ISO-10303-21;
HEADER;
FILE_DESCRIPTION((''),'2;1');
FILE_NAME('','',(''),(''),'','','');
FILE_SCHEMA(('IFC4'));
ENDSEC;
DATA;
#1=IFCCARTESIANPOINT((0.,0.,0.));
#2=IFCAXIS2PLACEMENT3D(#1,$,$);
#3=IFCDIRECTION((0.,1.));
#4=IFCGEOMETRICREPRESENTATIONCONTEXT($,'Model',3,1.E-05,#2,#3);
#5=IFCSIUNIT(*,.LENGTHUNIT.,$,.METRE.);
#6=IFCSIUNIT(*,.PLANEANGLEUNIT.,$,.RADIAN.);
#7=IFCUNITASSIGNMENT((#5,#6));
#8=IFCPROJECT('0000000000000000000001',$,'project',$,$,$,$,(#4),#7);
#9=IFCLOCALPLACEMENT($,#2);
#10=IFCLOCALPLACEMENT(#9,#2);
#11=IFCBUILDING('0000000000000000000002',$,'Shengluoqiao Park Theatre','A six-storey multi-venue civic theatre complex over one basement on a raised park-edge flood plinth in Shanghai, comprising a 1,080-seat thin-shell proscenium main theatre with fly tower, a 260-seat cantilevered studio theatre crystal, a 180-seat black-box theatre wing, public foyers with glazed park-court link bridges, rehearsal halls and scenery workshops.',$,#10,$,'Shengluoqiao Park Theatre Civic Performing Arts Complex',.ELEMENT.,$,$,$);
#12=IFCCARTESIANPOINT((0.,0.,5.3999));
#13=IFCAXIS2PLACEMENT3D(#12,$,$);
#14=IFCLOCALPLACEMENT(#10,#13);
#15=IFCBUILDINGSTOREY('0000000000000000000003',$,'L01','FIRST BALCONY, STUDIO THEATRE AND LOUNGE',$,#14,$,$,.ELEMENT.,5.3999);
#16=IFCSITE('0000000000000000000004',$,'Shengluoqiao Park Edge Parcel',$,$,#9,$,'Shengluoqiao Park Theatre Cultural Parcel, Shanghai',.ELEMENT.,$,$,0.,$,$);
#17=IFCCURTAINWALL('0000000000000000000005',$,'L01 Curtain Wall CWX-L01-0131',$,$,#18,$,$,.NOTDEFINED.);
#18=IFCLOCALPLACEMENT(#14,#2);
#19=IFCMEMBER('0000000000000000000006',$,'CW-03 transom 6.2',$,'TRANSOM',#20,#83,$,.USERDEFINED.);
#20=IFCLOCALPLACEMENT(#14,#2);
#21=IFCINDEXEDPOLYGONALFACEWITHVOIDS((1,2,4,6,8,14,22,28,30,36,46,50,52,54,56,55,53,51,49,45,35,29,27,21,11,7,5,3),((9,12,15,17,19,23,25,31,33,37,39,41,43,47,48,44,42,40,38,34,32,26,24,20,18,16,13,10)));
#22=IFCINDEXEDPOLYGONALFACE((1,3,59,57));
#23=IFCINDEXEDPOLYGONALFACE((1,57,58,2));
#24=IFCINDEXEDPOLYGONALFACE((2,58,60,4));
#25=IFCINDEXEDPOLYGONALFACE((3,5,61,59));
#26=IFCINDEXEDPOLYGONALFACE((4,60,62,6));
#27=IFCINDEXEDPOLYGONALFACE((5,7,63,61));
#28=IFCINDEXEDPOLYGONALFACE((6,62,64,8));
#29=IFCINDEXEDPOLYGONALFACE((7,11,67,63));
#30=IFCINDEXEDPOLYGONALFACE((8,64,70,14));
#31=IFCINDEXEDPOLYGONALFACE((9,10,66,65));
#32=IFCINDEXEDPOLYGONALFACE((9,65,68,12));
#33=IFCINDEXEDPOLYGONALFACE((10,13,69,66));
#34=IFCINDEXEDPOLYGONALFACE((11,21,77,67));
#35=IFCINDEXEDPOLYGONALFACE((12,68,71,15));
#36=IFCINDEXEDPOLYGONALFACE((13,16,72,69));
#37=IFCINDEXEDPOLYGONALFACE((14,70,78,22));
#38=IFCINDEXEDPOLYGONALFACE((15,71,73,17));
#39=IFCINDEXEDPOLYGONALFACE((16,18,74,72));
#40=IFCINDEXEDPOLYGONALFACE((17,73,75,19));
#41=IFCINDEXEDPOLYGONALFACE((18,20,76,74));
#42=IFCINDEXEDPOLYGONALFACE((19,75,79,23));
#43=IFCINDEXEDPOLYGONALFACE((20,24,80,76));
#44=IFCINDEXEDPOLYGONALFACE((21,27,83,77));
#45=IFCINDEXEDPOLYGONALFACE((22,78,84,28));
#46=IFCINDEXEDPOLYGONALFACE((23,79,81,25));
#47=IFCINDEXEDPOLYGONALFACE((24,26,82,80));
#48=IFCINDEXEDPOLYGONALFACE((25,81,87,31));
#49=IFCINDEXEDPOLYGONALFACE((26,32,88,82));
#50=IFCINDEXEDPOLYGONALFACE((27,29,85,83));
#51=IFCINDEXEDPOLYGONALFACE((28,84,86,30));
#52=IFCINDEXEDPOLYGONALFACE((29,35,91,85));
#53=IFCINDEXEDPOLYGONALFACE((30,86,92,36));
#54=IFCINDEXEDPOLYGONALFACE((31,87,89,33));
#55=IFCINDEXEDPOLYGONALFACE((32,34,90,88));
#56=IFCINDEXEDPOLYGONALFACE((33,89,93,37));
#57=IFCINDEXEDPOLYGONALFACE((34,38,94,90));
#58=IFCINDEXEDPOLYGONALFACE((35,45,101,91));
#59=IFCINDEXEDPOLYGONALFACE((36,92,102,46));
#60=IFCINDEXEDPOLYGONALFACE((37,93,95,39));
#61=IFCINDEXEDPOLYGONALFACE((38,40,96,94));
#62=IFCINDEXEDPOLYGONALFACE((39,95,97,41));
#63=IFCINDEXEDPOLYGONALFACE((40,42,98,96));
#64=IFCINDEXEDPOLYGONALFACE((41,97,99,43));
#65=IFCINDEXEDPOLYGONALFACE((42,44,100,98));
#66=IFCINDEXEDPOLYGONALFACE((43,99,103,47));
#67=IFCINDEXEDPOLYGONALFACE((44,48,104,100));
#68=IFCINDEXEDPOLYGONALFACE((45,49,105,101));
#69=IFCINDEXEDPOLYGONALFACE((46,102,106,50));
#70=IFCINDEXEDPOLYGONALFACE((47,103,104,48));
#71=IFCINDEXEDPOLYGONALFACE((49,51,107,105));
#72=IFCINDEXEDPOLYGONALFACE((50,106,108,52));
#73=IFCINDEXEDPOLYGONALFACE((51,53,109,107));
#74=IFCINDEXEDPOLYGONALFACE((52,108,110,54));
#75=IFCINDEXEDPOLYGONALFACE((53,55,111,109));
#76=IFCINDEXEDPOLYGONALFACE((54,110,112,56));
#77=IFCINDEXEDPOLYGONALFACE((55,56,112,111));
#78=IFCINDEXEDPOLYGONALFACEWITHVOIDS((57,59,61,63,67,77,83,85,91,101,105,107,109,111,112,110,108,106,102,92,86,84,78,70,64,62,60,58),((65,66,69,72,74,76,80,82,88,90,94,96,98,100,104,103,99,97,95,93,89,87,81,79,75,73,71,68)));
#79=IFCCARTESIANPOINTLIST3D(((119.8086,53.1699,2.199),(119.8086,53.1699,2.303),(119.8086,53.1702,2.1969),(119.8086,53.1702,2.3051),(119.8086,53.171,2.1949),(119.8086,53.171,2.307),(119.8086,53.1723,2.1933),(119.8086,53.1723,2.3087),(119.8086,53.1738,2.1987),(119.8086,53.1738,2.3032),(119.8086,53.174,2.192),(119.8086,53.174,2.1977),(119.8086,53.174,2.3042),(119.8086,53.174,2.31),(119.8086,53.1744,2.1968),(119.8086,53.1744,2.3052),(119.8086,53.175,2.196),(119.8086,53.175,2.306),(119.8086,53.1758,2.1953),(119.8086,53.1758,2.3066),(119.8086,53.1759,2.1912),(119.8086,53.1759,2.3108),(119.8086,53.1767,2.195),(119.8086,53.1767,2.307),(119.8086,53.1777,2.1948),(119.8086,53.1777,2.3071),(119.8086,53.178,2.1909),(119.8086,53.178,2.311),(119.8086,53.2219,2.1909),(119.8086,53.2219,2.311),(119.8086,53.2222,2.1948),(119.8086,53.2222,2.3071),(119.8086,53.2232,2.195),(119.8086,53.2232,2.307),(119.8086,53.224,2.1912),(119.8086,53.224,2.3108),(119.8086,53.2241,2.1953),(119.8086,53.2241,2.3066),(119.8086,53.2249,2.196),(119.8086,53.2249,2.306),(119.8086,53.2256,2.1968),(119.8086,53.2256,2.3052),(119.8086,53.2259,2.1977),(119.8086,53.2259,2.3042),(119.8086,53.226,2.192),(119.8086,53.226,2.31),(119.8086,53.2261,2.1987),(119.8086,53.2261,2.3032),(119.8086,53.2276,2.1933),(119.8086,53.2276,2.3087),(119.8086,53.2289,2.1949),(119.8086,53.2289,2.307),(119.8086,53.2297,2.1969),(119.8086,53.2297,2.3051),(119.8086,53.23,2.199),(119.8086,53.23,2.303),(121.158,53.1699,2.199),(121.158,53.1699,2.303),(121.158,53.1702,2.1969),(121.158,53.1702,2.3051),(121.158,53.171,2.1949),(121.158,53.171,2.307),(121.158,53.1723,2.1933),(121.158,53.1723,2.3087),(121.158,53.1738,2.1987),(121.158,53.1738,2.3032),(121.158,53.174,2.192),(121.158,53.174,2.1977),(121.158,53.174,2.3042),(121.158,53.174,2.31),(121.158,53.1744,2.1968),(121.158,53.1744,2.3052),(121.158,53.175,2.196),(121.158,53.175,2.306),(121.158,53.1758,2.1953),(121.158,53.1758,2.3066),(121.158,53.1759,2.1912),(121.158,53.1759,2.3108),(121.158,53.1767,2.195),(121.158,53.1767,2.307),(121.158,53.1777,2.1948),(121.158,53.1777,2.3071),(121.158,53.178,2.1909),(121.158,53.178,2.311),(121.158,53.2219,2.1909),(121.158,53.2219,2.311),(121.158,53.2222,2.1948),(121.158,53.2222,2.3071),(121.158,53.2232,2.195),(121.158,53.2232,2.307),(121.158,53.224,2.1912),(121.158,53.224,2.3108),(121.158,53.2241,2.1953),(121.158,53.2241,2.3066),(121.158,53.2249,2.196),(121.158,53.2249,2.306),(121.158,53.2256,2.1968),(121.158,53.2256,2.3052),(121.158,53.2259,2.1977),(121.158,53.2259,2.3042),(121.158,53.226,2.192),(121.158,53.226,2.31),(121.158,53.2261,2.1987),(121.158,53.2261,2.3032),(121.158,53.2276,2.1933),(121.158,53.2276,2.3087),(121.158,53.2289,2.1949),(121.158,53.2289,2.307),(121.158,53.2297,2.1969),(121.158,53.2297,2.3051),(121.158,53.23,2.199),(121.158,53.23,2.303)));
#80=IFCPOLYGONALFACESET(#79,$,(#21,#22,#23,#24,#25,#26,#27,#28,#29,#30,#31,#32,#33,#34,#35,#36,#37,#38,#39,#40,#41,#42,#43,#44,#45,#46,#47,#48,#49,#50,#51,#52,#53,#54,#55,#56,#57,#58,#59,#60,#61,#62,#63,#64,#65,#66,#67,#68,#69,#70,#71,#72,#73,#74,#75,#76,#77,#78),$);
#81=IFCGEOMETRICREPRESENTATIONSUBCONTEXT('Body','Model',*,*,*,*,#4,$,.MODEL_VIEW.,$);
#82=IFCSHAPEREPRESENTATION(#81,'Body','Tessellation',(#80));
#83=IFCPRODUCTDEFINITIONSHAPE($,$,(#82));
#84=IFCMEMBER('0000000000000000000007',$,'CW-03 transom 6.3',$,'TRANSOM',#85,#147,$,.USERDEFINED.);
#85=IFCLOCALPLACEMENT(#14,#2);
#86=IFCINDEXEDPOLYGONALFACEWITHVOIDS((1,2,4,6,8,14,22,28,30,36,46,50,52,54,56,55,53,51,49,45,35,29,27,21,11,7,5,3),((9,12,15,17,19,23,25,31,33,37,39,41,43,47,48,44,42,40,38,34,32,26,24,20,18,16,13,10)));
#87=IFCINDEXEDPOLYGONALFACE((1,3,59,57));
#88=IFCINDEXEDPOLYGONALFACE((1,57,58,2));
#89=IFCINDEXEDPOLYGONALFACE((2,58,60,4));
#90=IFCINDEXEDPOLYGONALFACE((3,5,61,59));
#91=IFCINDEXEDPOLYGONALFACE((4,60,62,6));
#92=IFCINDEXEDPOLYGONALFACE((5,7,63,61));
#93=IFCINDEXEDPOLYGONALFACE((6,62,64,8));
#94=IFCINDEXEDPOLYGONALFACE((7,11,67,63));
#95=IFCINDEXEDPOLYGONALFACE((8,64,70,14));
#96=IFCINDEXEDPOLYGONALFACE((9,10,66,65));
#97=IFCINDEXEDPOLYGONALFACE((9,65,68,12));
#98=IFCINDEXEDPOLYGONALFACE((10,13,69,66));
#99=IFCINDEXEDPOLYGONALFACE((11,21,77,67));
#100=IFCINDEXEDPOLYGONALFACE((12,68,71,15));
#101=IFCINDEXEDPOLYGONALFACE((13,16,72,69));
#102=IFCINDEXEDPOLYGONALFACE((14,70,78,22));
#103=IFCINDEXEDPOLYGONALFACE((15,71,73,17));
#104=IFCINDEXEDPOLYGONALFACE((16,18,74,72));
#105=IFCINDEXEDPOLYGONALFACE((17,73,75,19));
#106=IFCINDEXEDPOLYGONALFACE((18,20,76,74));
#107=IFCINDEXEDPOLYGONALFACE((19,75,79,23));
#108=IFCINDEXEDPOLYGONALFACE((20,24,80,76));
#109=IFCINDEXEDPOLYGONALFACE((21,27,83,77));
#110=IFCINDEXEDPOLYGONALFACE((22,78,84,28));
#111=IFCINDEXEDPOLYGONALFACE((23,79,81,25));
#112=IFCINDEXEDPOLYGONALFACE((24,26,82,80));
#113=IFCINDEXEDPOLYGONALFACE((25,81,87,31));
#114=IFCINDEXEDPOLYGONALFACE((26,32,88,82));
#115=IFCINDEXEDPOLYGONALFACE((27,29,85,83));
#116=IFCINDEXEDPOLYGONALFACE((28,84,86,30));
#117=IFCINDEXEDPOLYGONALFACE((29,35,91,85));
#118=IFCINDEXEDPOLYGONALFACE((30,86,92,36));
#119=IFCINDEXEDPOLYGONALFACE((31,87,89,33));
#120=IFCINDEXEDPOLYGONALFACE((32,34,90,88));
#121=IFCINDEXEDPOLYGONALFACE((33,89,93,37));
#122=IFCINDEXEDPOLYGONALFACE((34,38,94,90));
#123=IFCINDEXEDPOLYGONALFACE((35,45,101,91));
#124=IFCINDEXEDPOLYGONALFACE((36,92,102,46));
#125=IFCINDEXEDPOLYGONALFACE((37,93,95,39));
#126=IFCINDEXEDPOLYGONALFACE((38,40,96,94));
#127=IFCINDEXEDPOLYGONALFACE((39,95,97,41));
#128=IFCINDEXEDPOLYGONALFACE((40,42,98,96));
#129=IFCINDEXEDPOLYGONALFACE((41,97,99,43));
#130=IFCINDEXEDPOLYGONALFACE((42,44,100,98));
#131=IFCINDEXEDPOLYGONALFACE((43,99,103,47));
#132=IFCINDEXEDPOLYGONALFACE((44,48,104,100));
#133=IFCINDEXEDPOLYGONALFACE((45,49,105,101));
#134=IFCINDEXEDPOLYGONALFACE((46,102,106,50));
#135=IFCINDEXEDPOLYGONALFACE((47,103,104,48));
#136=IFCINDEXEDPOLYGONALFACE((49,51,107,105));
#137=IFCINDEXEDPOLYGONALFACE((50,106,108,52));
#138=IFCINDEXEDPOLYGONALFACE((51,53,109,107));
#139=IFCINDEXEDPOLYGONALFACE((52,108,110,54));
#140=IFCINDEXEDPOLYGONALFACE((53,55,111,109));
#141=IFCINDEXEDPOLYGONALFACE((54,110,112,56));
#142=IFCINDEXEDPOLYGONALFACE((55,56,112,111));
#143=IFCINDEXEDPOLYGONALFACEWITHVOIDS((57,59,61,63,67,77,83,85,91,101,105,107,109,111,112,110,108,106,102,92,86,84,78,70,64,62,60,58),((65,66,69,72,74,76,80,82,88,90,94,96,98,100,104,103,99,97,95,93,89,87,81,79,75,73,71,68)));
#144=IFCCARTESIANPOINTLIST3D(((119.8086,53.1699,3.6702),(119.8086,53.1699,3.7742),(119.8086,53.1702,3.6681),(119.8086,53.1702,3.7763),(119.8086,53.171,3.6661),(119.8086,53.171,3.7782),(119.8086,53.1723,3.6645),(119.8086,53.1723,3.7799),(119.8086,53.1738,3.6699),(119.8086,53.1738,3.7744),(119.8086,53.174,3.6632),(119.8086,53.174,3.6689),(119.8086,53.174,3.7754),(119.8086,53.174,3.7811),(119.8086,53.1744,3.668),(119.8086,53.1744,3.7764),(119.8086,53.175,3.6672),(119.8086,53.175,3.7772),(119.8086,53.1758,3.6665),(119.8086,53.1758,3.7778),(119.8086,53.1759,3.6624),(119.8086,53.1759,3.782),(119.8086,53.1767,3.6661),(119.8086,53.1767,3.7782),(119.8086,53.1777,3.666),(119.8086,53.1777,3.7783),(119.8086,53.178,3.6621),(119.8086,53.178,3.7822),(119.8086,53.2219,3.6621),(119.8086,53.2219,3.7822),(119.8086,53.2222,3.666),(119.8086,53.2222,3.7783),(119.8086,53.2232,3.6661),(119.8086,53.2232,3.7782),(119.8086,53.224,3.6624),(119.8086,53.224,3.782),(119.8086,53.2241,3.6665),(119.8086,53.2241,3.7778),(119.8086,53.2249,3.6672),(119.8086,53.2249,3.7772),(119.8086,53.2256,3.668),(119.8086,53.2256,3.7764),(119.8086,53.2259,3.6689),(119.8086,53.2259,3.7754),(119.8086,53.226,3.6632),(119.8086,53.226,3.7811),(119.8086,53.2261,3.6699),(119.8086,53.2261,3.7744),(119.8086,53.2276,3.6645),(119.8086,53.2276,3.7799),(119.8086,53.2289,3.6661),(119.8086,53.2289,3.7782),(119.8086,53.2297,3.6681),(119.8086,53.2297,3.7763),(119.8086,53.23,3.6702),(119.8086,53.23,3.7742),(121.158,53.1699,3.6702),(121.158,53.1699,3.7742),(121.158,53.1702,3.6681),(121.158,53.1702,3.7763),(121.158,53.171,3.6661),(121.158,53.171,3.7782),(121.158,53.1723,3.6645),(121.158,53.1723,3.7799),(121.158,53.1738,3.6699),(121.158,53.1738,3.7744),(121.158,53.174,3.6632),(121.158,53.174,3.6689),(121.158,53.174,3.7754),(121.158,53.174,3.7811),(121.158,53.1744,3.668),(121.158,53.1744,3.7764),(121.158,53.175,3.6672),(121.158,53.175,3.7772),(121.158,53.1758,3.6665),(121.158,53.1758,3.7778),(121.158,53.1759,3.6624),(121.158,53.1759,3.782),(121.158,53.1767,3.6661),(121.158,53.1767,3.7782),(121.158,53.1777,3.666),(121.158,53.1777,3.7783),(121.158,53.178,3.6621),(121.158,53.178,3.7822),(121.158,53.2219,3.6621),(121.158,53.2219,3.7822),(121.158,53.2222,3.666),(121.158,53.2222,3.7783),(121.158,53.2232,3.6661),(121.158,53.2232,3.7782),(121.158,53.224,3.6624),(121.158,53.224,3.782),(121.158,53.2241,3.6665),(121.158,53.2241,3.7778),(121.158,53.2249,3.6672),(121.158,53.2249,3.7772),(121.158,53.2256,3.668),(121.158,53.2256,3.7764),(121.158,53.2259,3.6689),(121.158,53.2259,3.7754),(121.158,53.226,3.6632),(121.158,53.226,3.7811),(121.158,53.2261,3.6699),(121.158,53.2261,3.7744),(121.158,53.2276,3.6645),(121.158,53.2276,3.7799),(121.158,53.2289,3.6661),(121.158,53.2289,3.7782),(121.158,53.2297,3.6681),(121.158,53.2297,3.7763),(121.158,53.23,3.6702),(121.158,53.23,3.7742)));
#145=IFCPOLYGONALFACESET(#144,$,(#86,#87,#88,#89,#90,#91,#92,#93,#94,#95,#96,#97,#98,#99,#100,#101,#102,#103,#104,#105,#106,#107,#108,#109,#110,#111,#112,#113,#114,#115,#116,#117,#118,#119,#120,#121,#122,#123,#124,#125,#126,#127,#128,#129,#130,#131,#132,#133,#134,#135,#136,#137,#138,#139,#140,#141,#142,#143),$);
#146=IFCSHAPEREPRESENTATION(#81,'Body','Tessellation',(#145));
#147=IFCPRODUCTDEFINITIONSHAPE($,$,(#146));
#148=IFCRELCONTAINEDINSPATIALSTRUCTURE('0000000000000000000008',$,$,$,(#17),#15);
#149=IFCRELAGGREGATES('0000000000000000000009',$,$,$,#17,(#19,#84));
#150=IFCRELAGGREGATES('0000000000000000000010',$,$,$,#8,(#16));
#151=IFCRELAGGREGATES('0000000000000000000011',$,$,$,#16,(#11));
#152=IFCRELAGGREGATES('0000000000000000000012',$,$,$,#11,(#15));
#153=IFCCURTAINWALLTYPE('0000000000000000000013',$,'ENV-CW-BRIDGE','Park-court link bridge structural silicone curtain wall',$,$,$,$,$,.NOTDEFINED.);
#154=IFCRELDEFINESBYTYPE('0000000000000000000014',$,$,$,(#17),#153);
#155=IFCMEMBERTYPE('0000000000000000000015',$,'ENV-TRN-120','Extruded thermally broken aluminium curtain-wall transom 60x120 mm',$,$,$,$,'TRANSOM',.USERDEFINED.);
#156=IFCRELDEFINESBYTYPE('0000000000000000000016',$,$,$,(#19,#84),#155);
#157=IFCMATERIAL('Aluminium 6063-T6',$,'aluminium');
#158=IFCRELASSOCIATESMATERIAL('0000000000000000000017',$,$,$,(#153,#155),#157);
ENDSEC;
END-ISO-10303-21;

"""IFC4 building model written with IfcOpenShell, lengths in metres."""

from ifc_helpers import new_model, si_unit, direction, frame, origin, origin_2d, place, context, subcontext, project, spatial, hollow_rectangle, extrude, material, material_profile, profile_set, type_object, element, aggregate, save


model = new_model("IFC4")

# Units and contexts
model_context = context("Model", 3, precision=1e-05, world=origin(), true_north=direction((0.0, 1.0)))
body_context = subcontext(model_context, "Body", "Model", "MODEL_VIEW")
ifc_project = project(units=[si_unit("LENGTHUNIT", "METRE"), si_unit("PLANEANGLEUNIT", "RADIAN")], contexts=[model_context])

# Site, building, storey
site_placement = place(None, origin())
site = spatial("IfcSite", under=ifc_project, at=site_placement, Name="Shengluoqiao Park Edge Parcel", LongName="Shengluoqiao Park Theatre Cultural Parcel, Shanghai", CompositionType="ELEMENT", RefElevation=0.0)
building_placement = place(site_placement, origin())
building = spatial("IfcBuilding", under=site, at=building_placement, Name="Shengluoqiao Park Theatre", Description="A six-storey multi-venue civic theatre complex over one basement on a raised park-edge flood plinth in Shanghai, comprising a 1,080-seat thin-shell proscenium main theatre with fly tower, a 260-seat cantilevered studio theatre crystal, a 180-seat black-box theatre wing, public foyers with glazed park-court link bridges, rehearsal halls and scenery workshops.", LongName="Shengluoqiao Park Theatre Civic Performing Arts Complex", CompositionType="ELEMENT")
storey_placement = place(building_placement, frame((0.0, 0.0, 5.3999)))
storey = spatial("IfcBuildingStorey", under=building, at=storey_placement, Name="L01", Description="FIRST BALCONY, STUDIO THEATRE AND LOUNGE", CompositionType="ELEMENT", Elevation=5.3999)

# Curtain wall
ifc_material_1 = material(Name="Aluminium 6063-T6", Category="aluminium")
curtain_wall_type = type_object("IfcCurtainWallType", Name="ENV-CW-BRIDGE", Description="Park-court link bridge structural silicone curtain wall", PredefinedType="NOTDEFINED", material=ifc_material_1)
curtain_wall_1_placement = place(storey_placement, origin())
curtain_wall_1 = element("IfcCurtainWall", 1, at=curtain_wall_1_placement, inside=storey, type_object=curtain_wall_type, Name="L01 Curtain Wall CWX-L01-0131", PredefinedType="NOTDEFINED")

# Members
ifc_material_profile_1 = material_profile(ifc_material_1, hollow_rectangle(XDim=0.0601, YDim=0.1201, WallThickness=0.0039, InnerFilletRadius=0.0039, OuterFilletRadius=0.0081, at=origin_2d()), Name="ALU TRANSOM 120x60x4")
ifc_profile_set_1 = profile_set([ifc_material_profile_1], Name="Aluminium 6063-T6")
member_type_1 = type_object("IfcMemberType", Name="ENV-TRN-120", Description="Extruded thermally broken aluminium curtain-wall transom 60x120 mm", ElementType="TRANSOM", PredefinedType="USERDEFINED", material=ifc_profile_set_1)
member_1_placement = place(storey_placement, frame((119.8086, 53.2, 2.251), z_axis=(1.0, 0.0, 0.0), x_axis=(0.0, 1.0, 0.0)))
member_1 = element("IfcMember", 2, at=member_1_placement, type_object=member_type_1, Name="CW-03 transom 6.2", ObjectType="TRANSOM", PredefinedType="USERDEFINED", context=body_context, shape_type="SweptSolid", body=[
    extrude(hollow_rectangle(XDim=0.0601, YDim=0.1201, WallThickness=0.0039, InnerFilletRadius=0.0039, OuterFilletRadius=0.0081, at=origin_2d()), origin(), (0.0, 0.0, 1.0), 1.3494),
])
member_2_placement = place(storey_placement, frame((119.8086, 53.2, 3.7222), z_axis=(1.0, 0.0, 0.0), x_axis=(0.0, 1.0, 0.0)))
member_2 = element("IfcMember", 3, at=member_2_placement, type_object=member_type_1, Name="CW-03 transom 6.3", ObjectType="TRANSOM", PredefinedType="USERDEFINED", context=body_context, shape_type="SweptSolid", body=[
    extrude(hollow_rectangle(XDim=0.0601, YDim=0.1201, WallThickness=0.0039, InnerFilletRadius=0.0039, OuterFilletRadius=0.0081, at=origin_2d()), origin(), (0.0, 0.0, 1.0), 1.3494),
])

aggregate(curtain_wall_1, [member_1, member_2])

save(model, "model.ifc")
